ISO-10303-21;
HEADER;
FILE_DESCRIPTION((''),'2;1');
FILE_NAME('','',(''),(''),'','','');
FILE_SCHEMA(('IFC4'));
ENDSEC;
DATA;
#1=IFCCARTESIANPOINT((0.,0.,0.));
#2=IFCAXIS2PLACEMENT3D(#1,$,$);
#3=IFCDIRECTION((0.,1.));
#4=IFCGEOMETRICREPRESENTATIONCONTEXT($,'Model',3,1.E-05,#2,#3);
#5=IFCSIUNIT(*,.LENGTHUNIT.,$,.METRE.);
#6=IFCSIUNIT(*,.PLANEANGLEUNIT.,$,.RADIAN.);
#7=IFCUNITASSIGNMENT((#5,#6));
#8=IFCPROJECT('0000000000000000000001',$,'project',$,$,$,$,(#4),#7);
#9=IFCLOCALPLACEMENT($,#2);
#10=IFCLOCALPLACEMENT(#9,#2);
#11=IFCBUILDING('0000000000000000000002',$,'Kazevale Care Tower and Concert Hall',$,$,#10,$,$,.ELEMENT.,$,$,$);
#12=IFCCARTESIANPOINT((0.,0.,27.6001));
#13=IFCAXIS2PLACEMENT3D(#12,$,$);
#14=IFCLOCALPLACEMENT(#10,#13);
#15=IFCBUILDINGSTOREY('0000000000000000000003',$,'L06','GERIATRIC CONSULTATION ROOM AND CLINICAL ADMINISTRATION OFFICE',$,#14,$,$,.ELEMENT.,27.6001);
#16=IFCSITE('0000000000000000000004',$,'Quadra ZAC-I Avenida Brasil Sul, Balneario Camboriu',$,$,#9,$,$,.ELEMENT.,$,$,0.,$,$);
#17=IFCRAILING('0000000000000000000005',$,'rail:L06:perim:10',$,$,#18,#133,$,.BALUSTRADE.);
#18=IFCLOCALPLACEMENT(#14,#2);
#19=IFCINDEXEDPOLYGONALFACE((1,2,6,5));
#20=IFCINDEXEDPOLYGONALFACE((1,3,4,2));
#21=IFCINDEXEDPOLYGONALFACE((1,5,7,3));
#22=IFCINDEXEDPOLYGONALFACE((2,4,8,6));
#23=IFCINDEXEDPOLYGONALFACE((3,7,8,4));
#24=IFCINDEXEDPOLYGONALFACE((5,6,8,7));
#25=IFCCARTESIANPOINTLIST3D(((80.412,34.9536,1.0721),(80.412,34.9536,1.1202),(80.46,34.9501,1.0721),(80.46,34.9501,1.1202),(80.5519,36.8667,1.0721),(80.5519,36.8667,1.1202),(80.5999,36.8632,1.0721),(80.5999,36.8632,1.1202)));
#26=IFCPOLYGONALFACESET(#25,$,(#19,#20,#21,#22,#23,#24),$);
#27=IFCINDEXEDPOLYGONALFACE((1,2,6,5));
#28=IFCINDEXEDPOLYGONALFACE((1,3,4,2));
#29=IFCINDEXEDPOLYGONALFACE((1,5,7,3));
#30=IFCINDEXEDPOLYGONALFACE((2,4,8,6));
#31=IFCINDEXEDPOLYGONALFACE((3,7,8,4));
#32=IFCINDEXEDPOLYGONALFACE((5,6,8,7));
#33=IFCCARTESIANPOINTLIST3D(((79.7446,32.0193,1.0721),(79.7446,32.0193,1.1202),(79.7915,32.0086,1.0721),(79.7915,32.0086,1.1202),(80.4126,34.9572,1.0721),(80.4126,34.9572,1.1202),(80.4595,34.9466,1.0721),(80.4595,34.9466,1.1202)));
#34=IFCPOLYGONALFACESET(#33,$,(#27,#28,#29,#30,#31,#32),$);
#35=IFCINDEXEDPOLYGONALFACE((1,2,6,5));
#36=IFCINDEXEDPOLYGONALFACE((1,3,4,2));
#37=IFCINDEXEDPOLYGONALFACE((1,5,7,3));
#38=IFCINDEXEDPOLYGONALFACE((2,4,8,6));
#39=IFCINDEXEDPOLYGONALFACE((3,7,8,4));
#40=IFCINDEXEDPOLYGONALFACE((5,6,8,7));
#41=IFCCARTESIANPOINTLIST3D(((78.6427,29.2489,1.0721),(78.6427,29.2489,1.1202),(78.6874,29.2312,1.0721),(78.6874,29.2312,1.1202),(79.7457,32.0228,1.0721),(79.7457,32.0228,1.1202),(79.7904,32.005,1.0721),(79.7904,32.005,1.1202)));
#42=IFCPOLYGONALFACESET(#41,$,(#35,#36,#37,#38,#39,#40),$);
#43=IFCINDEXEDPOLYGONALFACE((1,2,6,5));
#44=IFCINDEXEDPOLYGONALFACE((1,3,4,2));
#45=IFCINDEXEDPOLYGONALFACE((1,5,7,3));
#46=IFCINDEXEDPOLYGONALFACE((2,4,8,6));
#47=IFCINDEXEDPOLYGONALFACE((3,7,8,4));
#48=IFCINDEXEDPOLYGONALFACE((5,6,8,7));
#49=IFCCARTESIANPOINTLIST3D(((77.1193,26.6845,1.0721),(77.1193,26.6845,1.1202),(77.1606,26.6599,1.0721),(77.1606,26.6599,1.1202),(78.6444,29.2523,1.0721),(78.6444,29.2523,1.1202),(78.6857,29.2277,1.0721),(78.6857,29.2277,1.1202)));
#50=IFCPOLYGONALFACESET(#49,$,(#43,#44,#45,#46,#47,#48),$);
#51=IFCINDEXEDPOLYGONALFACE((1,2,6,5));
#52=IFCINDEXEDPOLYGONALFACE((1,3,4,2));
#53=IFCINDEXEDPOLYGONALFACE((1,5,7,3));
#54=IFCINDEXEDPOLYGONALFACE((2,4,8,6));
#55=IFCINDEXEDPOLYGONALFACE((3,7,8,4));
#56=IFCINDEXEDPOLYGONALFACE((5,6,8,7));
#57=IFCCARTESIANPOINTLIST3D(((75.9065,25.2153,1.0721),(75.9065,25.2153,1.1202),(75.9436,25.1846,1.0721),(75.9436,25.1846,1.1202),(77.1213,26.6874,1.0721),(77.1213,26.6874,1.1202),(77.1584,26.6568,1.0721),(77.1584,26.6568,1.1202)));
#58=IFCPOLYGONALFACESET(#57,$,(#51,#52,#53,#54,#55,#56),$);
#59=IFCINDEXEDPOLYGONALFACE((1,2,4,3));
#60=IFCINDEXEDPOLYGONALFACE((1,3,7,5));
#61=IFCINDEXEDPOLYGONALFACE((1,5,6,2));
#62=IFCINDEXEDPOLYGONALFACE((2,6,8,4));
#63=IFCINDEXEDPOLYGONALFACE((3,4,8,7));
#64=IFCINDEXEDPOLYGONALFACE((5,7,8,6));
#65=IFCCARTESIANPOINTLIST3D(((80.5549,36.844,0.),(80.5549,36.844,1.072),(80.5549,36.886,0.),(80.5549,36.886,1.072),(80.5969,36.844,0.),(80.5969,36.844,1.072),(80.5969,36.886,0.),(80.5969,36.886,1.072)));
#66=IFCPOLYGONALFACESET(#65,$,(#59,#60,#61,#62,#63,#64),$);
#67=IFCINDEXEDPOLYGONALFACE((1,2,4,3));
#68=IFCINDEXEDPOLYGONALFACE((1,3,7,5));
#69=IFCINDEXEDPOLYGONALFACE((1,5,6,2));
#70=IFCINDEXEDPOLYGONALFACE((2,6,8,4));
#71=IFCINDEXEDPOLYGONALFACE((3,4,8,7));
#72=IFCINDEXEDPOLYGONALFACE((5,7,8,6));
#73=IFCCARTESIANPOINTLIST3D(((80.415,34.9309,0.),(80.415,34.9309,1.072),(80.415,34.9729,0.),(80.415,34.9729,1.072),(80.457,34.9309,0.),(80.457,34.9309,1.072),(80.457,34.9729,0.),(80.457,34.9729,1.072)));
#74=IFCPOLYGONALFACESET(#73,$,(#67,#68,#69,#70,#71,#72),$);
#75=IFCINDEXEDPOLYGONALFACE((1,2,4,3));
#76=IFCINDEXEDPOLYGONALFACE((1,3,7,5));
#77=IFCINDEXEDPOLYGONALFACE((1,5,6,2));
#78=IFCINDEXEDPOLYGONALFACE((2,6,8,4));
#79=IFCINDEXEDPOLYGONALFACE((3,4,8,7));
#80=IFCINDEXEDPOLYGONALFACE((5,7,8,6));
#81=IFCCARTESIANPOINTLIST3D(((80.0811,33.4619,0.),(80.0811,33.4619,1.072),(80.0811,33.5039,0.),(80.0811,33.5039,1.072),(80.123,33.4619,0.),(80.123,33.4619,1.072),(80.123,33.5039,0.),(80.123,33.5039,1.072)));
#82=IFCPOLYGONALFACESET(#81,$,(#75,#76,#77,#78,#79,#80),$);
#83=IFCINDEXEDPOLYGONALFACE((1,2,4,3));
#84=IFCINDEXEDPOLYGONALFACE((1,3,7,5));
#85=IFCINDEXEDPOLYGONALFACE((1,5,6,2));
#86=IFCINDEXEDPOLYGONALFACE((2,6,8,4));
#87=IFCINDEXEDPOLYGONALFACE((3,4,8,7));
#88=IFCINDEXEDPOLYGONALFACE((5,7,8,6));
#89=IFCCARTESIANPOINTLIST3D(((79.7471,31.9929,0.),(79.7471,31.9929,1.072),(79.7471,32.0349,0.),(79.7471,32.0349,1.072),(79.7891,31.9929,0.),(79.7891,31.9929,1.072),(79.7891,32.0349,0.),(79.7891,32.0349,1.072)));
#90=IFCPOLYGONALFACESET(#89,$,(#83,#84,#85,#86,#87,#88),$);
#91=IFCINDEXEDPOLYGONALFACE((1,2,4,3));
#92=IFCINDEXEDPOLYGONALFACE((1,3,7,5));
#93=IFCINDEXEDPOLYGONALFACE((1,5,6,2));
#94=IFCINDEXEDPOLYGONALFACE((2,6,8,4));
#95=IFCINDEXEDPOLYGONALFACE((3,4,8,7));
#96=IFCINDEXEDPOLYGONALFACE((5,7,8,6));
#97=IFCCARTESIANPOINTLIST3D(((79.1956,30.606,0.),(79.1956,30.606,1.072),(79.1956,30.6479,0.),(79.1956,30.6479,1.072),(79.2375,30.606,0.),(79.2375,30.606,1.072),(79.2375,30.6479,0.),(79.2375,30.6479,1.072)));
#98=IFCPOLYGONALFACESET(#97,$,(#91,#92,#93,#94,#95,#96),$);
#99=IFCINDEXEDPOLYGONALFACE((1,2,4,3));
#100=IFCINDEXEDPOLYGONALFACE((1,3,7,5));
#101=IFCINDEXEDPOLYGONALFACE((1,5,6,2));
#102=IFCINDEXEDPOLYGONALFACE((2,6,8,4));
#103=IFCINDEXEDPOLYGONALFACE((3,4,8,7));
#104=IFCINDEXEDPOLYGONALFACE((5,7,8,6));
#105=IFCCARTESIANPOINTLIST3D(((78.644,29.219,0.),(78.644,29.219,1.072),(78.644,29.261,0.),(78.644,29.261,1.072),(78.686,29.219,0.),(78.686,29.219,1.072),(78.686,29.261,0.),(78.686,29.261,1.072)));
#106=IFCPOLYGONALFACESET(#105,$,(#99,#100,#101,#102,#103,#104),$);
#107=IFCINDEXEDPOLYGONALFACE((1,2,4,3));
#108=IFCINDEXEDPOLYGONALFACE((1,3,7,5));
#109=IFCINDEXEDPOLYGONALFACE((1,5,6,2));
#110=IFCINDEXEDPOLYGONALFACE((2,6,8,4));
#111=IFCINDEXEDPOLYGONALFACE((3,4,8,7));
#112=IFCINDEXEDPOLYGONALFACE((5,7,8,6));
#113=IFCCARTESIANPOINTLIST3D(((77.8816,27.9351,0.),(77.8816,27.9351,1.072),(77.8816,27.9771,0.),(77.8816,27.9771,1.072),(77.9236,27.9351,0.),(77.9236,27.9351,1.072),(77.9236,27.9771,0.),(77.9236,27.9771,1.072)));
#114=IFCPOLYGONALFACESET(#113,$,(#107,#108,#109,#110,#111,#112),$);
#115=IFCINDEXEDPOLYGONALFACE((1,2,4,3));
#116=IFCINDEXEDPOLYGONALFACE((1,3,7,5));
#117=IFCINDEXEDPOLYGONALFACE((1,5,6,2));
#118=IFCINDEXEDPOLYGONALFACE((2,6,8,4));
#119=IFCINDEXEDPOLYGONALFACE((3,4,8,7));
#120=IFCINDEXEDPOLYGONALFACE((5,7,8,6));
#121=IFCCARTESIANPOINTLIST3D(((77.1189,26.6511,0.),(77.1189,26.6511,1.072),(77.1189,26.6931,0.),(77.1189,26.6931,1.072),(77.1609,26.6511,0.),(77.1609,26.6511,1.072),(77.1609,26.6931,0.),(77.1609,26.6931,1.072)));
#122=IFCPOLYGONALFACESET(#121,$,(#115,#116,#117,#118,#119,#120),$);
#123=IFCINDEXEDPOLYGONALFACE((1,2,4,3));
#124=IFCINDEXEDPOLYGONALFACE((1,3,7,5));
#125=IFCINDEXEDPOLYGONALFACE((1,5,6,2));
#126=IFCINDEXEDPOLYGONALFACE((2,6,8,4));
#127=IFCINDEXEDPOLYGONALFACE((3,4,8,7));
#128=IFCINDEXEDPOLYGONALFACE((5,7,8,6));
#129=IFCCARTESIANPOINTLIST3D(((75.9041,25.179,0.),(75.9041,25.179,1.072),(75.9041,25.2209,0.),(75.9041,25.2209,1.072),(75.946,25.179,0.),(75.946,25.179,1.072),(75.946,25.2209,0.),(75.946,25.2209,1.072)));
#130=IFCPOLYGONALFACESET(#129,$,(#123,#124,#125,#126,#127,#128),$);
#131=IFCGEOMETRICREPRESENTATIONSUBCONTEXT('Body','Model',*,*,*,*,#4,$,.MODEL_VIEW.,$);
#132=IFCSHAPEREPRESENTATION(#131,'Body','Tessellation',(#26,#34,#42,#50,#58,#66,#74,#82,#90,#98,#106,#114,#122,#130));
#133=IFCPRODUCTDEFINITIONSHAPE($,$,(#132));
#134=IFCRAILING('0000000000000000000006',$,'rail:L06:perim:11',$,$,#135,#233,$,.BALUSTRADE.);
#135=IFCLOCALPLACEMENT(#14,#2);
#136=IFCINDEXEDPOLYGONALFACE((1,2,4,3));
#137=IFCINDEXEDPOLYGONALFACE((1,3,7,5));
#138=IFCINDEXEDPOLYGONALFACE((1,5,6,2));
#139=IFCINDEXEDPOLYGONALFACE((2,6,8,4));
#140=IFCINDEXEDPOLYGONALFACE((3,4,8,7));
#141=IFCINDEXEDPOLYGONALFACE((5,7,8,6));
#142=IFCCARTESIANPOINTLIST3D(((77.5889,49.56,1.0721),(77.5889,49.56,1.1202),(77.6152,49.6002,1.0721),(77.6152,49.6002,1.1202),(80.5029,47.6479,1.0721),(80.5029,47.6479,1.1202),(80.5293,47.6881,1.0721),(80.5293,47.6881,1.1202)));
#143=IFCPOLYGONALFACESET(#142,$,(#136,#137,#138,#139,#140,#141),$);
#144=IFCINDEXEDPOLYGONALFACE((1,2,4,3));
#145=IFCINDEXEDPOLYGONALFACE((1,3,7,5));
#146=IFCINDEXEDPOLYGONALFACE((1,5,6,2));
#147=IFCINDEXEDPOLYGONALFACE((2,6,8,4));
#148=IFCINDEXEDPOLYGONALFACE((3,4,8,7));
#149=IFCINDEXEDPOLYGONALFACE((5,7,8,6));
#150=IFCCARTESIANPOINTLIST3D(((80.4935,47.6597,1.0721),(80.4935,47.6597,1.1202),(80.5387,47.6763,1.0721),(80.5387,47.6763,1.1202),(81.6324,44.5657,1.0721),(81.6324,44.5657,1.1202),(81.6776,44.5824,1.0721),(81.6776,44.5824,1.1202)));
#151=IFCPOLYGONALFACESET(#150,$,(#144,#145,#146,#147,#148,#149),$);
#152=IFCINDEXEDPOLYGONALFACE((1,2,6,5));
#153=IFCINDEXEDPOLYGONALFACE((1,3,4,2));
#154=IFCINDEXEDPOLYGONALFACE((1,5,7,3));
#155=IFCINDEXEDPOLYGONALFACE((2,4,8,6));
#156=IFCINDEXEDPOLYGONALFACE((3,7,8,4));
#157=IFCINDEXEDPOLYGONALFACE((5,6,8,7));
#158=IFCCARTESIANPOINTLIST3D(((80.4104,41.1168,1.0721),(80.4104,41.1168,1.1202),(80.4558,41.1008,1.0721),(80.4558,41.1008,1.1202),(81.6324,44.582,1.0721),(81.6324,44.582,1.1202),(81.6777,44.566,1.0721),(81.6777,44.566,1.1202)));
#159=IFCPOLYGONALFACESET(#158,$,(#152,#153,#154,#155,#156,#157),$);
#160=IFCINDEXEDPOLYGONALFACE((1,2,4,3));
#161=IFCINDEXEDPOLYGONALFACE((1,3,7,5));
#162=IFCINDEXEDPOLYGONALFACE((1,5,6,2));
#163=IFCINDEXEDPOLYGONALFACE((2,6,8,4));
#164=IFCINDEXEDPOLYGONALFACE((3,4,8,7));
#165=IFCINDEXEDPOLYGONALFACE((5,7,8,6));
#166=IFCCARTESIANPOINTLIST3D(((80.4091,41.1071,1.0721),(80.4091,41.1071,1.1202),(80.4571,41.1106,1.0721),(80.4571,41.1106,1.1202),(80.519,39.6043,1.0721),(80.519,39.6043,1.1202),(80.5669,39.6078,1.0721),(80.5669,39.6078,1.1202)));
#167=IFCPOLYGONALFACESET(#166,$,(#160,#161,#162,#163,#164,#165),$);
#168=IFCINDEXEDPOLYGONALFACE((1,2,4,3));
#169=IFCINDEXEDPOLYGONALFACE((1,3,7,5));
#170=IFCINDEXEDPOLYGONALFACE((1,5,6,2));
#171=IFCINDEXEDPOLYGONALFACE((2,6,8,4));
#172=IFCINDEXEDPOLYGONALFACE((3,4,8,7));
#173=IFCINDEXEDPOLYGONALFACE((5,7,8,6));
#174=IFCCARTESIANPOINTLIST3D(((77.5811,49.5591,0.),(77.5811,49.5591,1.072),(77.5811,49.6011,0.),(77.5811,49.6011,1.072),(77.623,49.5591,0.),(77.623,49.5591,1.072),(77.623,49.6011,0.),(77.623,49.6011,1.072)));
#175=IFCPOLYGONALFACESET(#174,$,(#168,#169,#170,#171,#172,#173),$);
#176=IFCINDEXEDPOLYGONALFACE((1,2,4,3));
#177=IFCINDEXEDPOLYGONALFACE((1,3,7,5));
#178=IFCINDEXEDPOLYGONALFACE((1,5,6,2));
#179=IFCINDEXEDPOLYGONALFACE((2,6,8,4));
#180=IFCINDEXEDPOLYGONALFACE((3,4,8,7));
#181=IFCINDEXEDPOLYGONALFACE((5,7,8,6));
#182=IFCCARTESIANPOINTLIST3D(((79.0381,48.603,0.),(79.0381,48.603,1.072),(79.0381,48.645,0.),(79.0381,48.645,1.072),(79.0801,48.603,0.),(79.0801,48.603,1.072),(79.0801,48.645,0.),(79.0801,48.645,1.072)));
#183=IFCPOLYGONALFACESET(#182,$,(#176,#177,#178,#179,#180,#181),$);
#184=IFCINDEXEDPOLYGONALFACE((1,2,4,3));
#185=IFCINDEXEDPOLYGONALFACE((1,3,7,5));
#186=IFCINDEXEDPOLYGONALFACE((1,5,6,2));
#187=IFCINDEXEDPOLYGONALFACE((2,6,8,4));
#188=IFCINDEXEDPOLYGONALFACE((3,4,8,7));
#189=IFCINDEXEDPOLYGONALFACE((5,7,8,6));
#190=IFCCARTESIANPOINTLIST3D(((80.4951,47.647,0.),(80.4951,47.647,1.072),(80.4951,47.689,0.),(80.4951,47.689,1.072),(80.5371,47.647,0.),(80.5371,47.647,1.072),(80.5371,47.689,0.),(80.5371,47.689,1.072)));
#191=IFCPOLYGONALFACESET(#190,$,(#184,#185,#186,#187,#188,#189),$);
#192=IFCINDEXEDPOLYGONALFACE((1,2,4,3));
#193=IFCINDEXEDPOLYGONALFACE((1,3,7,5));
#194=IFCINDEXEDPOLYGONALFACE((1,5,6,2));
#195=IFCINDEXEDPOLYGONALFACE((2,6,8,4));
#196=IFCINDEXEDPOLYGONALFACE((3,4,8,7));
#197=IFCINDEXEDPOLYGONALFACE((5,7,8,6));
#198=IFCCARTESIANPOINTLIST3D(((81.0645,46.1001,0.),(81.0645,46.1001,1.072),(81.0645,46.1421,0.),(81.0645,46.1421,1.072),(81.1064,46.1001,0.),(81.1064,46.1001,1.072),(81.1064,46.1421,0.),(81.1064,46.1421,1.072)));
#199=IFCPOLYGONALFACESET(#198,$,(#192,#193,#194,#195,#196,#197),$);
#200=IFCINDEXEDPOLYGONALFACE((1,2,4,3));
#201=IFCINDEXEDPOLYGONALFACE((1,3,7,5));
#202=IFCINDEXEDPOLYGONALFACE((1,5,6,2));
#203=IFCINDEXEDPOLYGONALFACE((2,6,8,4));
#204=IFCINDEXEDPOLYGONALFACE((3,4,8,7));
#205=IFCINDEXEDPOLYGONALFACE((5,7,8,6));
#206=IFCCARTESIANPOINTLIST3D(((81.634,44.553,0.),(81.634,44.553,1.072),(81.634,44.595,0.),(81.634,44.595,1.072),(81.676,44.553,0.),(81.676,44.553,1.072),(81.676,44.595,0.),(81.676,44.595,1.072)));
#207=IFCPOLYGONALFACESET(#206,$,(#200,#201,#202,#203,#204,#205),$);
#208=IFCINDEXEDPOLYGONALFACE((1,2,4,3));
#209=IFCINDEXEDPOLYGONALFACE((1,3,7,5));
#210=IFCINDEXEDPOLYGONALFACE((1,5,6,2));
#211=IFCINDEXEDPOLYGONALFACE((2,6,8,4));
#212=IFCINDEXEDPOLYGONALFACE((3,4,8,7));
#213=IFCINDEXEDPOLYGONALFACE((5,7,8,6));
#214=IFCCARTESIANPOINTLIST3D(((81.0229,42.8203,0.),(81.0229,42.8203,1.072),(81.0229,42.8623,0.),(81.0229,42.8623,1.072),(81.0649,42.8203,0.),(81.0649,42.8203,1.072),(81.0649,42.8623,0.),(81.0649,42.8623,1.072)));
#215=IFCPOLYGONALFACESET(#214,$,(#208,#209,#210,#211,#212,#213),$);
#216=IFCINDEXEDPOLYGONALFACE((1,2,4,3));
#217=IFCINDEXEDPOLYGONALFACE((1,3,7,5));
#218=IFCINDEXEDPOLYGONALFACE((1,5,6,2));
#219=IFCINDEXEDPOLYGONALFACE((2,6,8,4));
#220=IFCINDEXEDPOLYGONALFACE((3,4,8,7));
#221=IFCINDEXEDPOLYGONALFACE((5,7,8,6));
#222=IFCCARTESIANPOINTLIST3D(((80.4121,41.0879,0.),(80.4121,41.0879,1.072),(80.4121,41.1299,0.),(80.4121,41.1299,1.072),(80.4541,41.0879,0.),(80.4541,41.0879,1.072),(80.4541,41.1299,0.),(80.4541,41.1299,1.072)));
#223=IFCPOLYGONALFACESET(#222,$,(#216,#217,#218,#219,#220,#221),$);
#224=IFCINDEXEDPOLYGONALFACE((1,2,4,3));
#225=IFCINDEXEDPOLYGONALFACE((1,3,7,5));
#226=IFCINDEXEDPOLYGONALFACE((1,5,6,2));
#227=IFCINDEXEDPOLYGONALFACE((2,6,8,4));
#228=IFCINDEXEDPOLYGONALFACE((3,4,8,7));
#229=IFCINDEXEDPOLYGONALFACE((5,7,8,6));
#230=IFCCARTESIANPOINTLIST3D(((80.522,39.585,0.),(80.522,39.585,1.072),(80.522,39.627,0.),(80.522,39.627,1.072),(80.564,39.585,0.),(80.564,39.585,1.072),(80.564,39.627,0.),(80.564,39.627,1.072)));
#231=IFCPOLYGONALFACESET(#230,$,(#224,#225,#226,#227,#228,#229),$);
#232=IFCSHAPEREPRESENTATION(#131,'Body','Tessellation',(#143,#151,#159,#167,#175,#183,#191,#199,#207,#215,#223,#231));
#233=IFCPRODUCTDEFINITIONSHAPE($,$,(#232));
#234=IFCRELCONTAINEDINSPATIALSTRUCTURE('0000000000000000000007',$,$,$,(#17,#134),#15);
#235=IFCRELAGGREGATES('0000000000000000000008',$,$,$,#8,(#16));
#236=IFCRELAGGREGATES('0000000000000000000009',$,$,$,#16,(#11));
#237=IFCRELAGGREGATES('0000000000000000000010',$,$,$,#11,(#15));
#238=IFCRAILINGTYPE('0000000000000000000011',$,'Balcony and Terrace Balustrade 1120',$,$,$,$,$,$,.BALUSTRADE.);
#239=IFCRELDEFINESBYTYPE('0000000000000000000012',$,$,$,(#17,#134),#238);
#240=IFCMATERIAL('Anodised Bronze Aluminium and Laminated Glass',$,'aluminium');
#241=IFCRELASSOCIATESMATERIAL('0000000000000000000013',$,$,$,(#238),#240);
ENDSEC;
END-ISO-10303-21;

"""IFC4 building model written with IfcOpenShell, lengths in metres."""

from ifc_helpers import new_model, si_unit, direction, frame, origin, origin_2d, place, context, subcontext, project, spatial, rectangle, extrude, material, type_object, element, save


model = new_model("IFC4")

# Units and contexts
model_context = context("Model", 3, precision=1e-05, world=origin(), true_north=direction((0.0, 1.0)))
body_context = subcontext(model_context, "Body", "Model", "MODEL_VIEW")
ifc_project = project(units=[si_unit("LENGTHUNIT", "METRE"), si_unit("PLANEANGLEUNIT", "RADIAN")], contexts=[model_context])

# Site, building, storey
site_placement = place(None, origin())
site = spatial("IfcSite", under=ifc_project, at=site_placement, Name="Quadra ZAC-I Avenida Brasil Sul, Balneario Camboriu", CompositionType="ELEMENT", RefElevation=0.0)
building_placement = place(site_placement, origin())
building = spatial("IfcBuilding", under=site, at=building_placement, Name="Kazevale Care Tower and Concert Hall", CompositionType="ELEMENT")
storey_placement = place(building_placement, frame((0.0, 0.0, 27.6001)))
storey = spatial("IfcBuildingStorey", under=building, at=storey_placement, Name="L06", Description="GERIATRIC CONSULTATION ROOM AND CLINICAL ADMINISTRATION OFFICE", CompositionType="ELEMENT", Elevation=27.6001)

# Railings
ifc_material_1 = material(Name="Anodised Bronze Aluminium and Laminated Glass", Category="aluminium")
railing_type = type_object("IfcRailingType", Name="Balcony and Terrace Balustrade 1120", PredefinedType="BALUSTRADE", material=ifc_material_1)
railing_1_placement = place(storey_placement, frame((80.5759, 36.865, 0.0)))
element("IfcRailing", 1, at=railing_1_placement, inside=storey, type_object=railing_type, Name="rail:L06:perim:10", PredefinedType="BALUSTRADE", context=body_context, shape_type="SweptSolid", body=[
    extrude(rectangle(XDim=0.0481, YDim=0.0481, at=origin_2d()), frame((0.0, 0.0, 1.0962), z_axis=(-0.072929, -0.997337, 0.0), x_axis=(0.997337, -0.072929, 0.0)), (0.0, 0.0, 1.0), 1.9182),
    extrude(rectangle(XDim=0.0481, YDim=0.0481, at=origin_2d()), frame((-0.1399, -1.9131, 1.0962), z_axis=(-0.221698, -0.975115, 0.0), x_axis=(0.975115, -0.221698, 0.0)), (0.0, 0.0, 1.0), 3.0129),
    extrude(rectangle(XDim=0.0481, YDim=0.0481, at=origin_2d()), frame((-0.8079, -4.8511, 1.0962), z_axis=(-0.3695, -0.929231, 0.0), x_axis=(0.929231, -0.3695, 0.0)), (0.0, 0.0, 1.0), 2.9851),
    extrude(rectangle(XDim=0.0481, YDim=0.0481, at=origin_2d()), frame((-1.9109, -7.625, 1.0962), z_axis=(-0.510656, -0.859785, 0.0), x_axis=(0.859785, -0.510656, 0.0)), (0.0, 0.0, 1.0), 2.9866),
    extrude(rectangle(XDim=0.0481, YDim=0.0481, at=origin_2d()), frame((-3.436, -10.1929, 1.0962), z_axis=(-0.636478, -0.771295, 0.0), x_axis=(0.771295, -0.636478, 0.0)), (0.0, 0.0, 1.0), 1.9087),
    extrude(rectangle(XDim=0.042, YDim=0.042, at=origin_2d()), origin(), (0.0, 0.0, 1.0), 1.072),
    extrude(rectangle(XDim=0.042, YDim=0.042, at=origin_2d()), frame((-0.1399, -1.9131, 0.0)), (0.0, 0.0, 1.0), 1.072),
    extrude(rectangle(XDim=0.042, YDim=0.042, at=origin_2d()), frame((-0.4739, -3.3821, 0.0)), (0.0, 0.0, 1.0), 1.072),
    extrude(rectangle(XDim=0.042, YDim=0.042, at=origin_2d()), frame((-0.8079, -4.8511, 0.0)), (0.0, 0.0, 1.0), 1.072),
    extrude(rectangle(XDim=0.042, YDim=0.042, at=origin_2d()), frame((-1.3594, -6.238, 0.0)), (0.0, 0.0, 1.0), 1.072),
    extrude(rectangle(XDim=0.042, YDim=0.042, at=origin_2d()), frame((-1.9109, -7.625, 0.0)), (0.0, 0.0, 1.0), 1.072),
    extrude(rectangle(XDim=0.042, YDim=0.042, at=origin_2d()), frame((-2.6733, -8.9089, 0.0)), (0.0, 0.0, 1.0), 1.072),
    extrude(rectangle(XDim=0.042, YDim=0.042, at=origin_2d()), frame((-3.436, -10.1929, 0.0)), (0.0, 0.0, 1.0), 1.072),
    extrude(rectangle(XDim=0.042, YDim=0.042, at=origin_2d()), frame((-4.6509, -11.665, 0.0)), (0.0, 0.0, 1.0), 1.072),
])
railing_2_placement = place(storey_placement, frame((77.6021, 49.5801, 0.0)))
element("IfcRailing", 2, at=railing_2_placement, inside=storey, type_object=railing_type, Name="rail:L06:perim:11", PredefinedType="BALUSTRADE", context=body_context, shape_type="SweptSolid", body=[
    extrude(rectangle(XDim=0.0481, YDim=0.0481, at=origin_2d()), frame((0.0, 0.0, 1.0962), z_axis=(0.83608, -0.548607, 0.0), x_axis=(0.548607, 0.83608, 0.0)), (0.0, 0.0, 1.0), 3.4854),
    extrude(rectangle(XDim=0.0481, YDim=0.0481, at=origin_2d()), frame((2.9141, -1.9121, 1.0962), z_axis=(0.345445, -0.938439, 0.0), x_axis=(0.938439, 0.345445, 0.0)), (0.0, 0.0, 1.0), 3.2969),
    extrude(rectangle(XDim=0.0481, YDim=0.0481, at=origin_2d()), frame((4.053, -5.0061, 1.0962), z_axis=(-0.332566, -0.94308, 0.0), x_axis=(0.94308, -0.332566, 0.0)), (0.0, 0.0, 1.0), 3.6743),
    extrude(rectangle(XDim=0.0481, YDim=0.0481, at=origin_2d()), frame((2.8311, -8.4712, 1.0962), z_axis=(0.072905, -0.997339, 0.0), x_axis=(0.997339, 0.072905, 0.0)), (0.0, 0.0, 1.0), 1.5068),
    extrude(rectangle(XDim=0.042, YDim=0.042, at=origin_2d()), origin(), (0.0, 0.0, 1.0), 1.072),
    extrude(rectangle(XDim=0.042, YDim=0.042, at=origin_2d()), frame((1.457, -0.9561, 0.0)), (0.0, 0.0, 1.0), 1.072),
    extrude(rectangle(XDim=0.042, YDim=0.042, at=origin_2d()), frame((2.9141, -1.9121, 0.0)), (0.0, 0.0, 1.0), 1.072),
    extrude(rectangle(XDim=0.042, YDim=0.042, at=origin_2d()), frame((3.4834, -3.459, 0.0)), (0.0, 0.0, 1.0), 1.072),
    extrude(rectangle(XDim=0.042, YDim=0.042, at=origin_2d()), frame((4.053, -5.0061, 0.0)), (0.0, 0.0, 1.0), 1.072),
    extrude(rectangle(XDim=0.042, YDim=0.042, at=origin_2d()), frame((3.4419, -6.7388, 0.0)), (0.0, 0.0, 1.0), 1.072),
    extrude(rectangle(XDim=0.042, YDim=0.042, at=origin_2d()), frame((2.8311, -8.4712, 0.0)), (0.0, 0.0, 1.0), 1.072),
    extrude(rectangle(XDim=0.042, YDim=0.042, at=origin_2d()), frame((2.9409, -9.9741, 0.0)), (0.0, 0.0, 1.0), 1.072),
])

save(model, "model.ifc")
